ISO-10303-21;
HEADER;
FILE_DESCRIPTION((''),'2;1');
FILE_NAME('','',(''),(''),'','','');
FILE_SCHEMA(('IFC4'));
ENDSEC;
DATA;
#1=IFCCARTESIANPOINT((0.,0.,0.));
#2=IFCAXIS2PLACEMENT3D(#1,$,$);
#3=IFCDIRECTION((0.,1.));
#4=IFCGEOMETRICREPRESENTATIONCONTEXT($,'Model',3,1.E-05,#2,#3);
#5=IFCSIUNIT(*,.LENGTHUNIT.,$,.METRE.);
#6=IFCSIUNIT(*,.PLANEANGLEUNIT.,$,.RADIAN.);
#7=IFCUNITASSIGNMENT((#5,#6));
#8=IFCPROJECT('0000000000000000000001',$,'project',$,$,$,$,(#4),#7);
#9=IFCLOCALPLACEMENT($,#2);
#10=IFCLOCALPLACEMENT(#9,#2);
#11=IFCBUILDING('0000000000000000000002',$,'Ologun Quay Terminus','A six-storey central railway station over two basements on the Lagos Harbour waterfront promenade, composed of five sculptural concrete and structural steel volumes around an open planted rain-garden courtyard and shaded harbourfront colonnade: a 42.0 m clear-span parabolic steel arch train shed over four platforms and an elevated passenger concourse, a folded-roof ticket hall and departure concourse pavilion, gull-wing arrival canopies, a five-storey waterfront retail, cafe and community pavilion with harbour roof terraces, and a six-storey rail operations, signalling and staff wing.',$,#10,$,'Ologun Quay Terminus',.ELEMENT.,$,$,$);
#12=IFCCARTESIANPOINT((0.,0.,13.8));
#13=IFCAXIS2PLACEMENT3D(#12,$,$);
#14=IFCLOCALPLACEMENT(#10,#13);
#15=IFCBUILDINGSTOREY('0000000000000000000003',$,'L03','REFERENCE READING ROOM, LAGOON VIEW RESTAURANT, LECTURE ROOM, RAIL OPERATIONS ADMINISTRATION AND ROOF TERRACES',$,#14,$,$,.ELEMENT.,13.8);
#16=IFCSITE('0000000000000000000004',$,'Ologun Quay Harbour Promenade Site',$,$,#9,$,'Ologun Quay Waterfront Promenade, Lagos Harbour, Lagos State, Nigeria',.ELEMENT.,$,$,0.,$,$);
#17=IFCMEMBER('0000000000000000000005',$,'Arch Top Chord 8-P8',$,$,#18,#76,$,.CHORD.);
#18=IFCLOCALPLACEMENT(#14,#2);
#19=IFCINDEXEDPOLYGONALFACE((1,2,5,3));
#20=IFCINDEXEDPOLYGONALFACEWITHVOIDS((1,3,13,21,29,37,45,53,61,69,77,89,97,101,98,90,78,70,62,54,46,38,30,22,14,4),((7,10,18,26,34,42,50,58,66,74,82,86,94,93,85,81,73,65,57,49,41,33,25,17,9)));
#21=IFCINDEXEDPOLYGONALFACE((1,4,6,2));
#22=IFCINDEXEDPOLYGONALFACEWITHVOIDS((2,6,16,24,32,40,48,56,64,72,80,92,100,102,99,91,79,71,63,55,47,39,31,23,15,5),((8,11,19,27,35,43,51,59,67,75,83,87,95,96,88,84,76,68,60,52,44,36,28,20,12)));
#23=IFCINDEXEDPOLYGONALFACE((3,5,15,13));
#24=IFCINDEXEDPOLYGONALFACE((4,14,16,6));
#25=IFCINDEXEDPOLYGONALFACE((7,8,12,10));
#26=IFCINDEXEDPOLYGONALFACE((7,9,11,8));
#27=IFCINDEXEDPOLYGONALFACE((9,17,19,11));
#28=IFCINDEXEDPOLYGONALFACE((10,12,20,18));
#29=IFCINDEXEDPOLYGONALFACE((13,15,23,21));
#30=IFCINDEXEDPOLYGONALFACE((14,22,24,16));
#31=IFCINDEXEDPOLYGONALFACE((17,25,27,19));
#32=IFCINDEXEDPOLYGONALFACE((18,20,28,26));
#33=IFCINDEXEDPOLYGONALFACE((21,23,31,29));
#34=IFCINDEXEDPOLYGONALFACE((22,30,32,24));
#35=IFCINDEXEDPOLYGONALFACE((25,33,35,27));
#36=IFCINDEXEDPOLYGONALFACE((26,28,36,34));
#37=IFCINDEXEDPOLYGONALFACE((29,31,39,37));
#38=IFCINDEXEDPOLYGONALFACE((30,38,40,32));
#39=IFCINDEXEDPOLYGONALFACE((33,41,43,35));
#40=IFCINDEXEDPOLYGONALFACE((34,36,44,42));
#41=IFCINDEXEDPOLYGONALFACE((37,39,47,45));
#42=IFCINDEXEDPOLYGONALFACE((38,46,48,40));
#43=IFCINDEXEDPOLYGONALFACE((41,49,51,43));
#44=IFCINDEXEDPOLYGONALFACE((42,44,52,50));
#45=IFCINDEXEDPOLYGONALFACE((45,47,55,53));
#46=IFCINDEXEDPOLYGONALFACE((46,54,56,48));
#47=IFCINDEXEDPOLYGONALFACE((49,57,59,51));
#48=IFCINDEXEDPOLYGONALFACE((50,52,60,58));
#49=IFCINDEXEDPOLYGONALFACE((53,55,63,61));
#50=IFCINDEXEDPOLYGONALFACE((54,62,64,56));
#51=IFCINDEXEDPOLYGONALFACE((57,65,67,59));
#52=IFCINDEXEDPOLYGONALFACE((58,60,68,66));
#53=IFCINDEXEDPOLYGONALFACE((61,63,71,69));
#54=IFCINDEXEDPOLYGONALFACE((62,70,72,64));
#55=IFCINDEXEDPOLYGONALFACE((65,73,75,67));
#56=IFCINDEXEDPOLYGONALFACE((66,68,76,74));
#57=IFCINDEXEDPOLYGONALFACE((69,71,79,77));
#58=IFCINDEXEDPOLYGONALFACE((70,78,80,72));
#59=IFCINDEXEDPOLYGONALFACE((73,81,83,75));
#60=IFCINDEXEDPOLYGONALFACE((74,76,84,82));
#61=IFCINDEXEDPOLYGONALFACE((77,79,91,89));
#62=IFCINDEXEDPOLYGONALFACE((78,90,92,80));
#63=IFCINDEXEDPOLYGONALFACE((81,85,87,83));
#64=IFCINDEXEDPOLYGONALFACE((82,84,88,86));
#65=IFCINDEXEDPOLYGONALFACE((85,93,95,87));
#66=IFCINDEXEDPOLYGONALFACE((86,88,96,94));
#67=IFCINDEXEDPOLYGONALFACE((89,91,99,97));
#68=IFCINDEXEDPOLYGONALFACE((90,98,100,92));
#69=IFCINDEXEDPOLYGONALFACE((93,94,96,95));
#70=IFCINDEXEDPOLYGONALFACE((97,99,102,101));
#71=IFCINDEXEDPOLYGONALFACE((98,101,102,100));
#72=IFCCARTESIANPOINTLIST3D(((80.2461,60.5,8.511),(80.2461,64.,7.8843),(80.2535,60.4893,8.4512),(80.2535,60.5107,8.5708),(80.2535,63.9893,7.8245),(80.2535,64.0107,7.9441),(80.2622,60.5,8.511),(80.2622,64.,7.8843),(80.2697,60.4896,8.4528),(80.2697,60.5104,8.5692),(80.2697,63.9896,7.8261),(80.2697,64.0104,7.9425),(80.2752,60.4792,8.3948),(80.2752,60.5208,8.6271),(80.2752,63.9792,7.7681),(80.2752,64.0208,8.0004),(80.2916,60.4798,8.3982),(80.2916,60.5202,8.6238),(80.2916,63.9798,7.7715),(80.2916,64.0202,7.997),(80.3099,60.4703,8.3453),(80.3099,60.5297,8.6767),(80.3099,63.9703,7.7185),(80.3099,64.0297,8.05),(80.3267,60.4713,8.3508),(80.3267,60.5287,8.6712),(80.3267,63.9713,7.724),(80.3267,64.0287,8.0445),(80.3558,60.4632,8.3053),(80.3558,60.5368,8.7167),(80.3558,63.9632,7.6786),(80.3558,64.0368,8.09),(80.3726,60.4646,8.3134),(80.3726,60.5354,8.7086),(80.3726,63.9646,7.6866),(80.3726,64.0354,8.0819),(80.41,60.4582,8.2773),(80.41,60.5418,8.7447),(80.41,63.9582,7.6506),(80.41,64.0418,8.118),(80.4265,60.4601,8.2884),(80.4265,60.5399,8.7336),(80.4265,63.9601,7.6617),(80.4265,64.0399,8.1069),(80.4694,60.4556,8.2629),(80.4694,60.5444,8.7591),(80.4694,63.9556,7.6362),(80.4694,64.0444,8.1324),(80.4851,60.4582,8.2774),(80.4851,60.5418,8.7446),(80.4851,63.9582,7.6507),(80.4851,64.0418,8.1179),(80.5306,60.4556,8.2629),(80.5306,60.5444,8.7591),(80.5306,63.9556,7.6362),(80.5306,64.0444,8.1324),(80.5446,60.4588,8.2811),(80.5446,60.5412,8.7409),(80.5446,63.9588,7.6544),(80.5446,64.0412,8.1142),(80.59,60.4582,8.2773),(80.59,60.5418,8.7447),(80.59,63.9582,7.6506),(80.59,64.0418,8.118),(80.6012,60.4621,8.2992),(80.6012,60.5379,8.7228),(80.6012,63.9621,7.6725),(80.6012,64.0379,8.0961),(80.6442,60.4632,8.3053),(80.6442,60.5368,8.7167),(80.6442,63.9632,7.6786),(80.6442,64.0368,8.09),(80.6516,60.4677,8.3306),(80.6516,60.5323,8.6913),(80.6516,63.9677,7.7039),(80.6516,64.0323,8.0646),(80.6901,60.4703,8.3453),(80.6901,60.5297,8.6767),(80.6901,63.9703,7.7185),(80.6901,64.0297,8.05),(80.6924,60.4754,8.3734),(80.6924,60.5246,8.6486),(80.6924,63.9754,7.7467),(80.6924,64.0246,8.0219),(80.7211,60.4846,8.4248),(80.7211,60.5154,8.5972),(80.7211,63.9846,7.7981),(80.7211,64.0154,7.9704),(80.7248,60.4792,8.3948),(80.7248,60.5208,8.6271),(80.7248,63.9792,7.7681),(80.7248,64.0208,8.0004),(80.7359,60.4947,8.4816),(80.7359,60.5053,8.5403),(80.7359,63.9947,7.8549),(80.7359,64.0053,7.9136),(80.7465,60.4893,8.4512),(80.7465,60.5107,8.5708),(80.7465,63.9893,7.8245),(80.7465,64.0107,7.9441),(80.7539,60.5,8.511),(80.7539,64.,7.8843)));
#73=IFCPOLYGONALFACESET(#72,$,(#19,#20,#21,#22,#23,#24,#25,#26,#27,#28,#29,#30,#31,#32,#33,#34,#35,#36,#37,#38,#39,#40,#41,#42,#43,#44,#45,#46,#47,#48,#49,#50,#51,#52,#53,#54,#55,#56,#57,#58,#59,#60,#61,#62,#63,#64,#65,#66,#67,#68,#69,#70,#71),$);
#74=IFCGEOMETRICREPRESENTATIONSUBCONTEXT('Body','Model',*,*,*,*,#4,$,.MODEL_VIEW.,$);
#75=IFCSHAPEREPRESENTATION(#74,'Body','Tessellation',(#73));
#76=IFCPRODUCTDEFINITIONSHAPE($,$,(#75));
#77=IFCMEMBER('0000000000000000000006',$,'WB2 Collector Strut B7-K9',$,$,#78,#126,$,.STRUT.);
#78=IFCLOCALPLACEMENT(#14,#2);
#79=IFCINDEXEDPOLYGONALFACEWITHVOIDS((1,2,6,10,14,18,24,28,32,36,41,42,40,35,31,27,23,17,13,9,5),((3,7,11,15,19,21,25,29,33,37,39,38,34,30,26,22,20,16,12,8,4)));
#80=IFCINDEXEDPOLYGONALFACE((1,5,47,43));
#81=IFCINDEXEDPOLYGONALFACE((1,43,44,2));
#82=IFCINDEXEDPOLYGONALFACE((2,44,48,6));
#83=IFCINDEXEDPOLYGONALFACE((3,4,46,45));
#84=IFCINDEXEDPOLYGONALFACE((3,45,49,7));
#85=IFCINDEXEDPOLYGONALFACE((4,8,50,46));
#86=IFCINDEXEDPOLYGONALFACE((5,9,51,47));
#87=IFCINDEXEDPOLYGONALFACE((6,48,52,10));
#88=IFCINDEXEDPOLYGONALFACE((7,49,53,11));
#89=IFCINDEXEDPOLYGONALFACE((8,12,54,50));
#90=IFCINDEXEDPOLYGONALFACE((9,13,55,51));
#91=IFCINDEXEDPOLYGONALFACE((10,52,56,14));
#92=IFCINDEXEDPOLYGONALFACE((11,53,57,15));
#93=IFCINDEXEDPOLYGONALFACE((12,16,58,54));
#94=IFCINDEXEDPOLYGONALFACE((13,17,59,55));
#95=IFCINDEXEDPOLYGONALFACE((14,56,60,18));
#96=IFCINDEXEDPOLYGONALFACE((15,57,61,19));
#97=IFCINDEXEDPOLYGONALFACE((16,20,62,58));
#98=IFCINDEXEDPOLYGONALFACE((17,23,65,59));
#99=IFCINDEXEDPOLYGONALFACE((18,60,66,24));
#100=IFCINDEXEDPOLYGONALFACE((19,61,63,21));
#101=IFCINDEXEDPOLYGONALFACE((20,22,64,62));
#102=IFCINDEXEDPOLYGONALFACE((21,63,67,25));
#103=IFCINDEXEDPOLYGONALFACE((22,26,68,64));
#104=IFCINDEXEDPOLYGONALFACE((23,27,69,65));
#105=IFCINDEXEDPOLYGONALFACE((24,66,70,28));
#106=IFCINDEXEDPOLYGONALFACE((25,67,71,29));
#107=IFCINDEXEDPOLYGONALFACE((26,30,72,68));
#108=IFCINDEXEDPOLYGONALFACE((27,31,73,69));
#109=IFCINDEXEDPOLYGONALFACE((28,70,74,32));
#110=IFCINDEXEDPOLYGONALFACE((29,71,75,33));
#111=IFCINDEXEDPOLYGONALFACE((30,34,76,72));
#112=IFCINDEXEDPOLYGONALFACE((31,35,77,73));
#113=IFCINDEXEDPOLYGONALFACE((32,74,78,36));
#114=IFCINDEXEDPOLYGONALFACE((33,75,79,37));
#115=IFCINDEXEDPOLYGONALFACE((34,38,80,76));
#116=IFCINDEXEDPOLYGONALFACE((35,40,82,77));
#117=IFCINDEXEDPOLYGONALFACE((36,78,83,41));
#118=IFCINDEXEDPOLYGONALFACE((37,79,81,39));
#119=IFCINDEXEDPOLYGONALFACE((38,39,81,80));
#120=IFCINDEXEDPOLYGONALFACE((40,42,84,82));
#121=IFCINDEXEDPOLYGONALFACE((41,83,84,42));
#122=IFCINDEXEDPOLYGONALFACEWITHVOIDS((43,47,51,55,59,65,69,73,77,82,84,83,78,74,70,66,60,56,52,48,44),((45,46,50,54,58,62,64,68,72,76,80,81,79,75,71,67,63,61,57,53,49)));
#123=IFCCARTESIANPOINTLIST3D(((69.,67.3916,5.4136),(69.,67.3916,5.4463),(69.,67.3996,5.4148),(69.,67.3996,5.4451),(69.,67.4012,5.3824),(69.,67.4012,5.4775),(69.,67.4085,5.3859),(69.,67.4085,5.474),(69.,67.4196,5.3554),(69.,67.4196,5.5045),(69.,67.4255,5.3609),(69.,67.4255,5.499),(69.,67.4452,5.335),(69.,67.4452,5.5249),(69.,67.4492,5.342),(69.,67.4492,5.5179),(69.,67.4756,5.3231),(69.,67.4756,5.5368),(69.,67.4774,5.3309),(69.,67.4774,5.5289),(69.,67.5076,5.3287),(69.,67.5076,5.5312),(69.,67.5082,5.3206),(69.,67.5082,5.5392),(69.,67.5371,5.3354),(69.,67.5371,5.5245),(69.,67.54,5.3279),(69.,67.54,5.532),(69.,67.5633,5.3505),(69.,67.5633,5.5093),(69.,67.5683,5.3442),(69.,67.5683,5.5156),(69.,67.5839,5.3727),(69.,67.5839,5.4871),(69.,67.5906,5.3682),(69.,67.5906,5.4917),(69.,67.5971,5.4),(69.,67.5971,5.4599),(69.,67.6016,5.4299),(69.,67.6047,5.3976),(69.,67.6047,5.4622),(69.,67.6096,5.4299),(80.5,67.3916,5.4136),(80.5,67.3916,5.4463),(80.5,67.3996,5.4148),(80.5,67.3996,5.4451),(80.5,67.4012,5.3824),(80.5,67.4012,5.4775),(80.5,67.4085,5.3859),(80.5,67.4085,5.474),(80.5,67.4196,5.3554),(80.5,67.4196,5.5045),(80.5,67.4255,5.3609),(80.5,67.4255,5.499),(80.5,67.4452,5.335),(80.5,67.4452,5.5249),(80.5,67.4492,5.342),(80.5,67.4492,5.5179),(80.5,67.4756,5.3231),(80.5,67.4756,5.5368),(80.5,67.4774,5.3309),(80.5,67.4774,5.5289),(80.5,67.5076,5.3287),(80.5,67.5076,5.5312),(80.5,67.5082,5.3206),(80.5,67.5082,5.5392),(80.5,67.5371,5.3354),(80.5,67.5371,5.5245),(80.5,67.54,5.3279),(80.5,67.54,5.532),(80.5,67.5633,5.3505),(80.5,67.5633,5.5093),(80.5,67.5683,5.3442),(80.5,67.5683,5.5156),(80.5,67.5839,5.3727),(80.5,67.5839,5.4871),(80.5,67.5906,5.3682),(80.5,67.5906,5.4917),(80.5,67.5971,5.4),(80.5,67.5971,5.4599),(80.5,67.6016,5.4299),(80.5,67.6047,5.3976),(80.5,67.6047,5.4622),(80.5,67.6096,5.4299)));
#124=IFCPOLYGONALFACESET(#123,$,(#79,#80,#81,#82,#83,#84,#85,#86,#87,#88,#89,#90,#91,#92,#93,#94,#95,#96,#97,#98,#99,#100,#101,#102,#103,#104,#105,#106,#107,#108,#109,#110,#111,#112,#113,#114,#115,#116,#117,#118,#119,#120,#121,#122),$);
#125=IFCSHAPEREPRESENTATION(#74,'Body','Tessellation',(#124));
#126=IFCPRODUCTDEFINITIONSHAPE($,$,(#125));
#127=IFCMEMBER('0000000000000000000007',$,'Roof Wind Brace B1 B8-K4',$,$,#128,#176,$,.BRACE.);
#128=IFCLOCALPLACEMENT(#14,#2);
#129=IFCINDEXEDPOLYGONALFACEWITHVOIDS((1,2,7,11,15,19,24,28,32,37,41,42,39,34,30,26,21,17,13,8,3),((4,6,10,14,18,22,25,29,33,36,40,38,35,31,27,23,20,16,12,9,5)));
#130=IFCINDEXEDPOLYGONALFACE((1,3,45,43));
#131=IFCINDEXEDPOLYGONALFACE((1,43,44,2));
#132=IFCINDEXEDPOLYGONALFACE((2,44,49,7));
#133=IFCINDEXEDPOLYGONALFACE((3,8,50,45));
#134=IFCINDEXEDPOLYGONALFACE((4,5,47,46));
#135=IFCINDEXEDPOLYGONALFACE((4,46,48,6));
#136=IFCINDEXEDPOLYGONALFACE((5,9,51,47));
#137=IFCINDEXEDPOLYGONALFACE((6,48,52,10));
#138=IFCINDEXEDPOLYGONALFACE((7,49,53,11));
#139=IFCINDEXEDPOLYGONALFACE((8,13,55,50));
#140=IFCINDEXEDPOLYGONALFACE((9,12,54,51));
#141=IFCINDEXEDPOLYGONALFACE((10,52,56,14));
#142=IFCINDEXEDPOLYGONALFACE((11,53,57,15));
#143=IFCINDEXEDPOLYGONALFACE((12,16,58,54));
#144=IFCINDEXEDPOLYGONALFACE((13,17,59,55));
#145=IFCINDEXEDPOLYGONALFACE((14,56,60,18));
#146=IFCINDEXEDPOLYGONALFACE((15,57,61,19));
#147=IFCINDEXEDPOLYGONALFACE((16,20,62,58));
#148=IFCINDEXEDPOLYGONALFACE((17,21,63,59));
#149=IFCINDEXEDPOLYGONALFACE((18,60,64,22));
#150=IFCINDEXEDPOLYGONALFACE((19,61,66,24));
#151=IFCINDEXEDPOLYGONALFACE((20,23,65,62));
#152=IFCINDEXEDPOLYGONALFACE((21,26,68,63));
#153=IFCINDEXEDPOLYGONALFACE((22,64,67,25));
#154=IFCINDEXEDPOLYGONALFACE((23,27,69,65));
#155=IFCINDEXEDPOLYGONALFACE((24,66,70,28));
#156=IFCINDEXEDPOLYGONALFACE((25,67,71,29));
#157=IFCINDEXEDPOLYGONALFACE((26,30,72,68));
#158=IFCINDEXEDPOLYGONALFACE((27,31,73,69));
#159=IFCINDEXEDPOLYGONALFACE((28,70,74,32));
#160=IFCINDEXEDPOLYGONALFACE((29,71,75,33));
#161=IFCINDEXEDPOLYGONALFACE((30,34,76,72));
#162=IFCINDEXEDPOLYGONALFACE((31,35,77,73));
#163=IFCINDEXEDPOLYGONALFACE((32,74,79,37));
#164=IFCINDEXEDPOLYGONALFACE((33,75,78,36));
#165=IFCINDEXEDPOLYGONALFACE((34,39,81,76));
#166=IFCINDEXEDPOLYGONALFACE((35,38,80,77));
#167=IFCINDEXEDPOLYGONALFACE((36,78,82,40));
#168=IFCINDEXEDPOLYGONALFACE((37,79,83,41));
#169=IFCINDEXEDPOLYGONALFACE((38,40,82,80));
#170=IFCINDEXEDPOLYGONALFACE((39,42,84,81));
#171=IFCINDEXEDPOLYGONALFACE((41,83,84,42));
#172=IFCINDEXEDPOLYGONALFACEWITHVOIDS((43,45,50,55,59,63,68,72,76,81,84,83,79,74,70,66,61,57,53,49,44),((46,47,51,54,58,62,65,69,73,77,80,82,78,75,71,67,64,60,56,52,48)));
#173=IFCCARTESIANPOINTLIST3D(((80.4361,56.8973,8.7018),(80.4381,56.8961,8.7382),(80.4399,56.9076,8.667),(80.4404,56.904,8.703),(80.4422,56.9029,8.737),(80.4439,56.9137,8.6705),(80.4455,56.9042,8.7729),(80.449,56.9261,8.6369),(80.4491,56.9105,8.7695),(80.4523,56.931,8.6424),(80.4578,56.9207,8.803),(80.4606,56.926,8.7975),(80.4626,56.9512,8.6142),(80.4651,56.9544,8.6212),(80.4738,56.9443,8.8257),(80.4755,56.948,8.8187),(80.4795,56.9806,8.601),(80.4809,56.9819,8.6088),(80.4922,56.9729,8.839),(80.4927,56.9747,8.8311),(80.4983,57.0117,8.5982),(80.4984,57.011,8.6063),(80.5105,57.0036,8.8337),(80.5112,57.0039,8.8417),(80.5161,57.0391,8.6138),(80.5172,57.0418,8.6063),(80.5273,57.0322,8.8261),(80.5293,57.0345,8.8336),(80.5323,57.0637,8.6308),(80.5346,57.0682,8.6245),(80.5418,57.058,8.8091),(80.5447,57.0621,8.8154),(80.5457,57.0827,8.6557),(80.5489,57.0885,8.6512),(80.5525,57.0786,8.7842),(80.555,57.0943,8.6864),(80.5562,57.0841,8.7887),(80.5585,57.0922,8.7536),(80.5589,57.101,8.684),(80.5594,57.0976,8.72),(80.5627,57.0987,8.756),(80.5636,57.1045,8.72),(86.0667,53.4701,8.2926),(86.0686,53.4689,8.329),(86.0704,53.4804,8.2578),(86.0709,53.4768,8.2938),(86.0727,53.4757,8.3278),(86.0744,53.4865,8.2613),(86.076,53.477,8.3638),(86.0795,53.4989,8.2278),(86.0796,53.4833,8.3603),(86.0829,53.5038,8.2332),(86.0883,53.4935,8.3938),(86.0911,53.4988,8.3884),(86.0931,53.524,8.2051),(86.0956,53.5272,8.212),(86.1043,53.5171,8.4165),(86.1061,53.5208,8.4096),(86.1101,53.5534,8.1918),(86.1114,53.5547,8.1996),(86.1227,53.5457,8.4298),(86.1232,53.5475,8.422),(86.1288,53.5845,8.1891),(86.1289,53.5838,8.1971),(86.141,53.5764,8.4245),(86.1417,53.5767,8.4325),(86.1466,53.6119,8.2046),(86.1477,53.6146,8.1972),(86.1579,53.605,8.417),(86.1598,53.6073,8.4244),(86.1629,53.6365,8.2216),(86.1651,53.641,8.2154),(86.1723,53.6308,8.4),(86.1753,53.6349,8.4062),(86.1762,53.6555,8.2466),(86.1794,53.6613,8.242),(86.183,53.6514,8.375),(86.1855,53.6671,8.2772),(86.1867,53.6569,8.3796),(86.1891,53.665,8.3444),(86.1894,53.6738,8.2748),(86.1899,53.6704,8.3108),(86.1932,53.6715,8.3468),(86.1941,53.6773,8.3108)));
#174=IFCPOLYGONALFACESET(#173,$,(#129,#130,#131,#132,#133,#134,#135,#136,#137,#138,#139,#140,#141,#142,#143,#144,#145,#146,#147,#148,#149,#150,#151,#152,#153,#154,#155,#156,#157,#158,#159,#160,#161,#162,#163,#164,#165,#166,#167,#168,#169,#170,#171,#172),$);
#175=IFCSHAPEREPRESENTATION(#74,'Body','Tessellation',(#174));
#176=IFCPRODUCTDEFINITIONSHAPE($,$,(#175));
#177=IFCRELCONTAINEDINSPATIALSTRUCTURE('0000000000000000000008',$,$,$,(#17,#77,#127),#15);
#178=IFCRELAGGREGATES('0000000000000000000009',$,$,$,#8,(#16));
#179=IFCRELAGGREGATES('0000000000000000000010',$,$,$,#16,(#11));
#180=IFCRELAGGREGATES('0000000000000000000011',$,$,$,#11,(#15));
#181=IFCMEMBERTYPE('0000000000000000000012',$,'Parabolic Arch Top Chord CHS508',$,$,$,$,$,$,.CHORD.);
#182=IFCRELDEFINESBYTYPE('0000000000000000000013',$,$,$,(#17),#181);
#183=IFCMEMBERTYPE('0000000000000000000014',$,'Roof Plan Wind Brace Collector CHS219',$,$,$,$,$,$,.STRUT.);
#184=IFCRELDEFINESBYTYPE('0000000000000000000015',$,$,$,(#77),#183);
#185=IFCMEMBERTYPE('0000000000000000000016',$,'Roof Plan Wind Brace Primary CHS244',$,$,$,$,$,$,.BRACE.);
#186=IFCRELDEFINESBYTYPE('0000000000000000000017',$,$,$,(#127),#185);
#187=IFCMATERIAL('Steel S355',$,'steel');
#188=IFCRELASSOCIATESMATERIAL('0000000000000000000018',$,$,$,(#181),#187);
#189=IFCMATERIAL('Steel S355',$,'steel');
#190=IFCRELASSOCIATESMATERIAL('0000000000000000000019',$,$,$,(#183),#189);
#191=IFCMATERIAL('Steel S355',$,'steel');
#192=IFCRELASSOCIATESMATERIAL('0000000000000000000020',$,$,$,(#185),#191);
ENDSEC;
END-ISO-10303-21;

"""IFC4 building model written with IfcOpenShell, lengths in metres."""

from ifc_helpers import new_model, si_unit, direction, frame, origin, origin_2d, place, context, subcontext, project, spatial, hollow_circle, extrude, material, material_profile, profile_set, type_object, element, save


model = new_model("IFC4")

# Units and contexts
model_context = context("Model", 3, precision=1e-05, world=origin(), true_north=direction((0.0, 1.0)))
body_context = subcontext(model_context, "Body", "Model", "MODEL_VIEW")
ifc_project = project(units=[si_unit("LENGTHUNIT", "METRE"), si_unit("PLANEANGLEUNIT", "RADIAN")], contexts=[model_context])

# Site, building, storey
site_placement = place(None, origin())
site = spatial("IfcSite", under=ifc_project, at=site_placement, Name="Ologun Quay Harbour Promenade Site", LongName="Ologun Quay Waterfront Promenade, Lagos Harbour, Lagos State, Nigeria", CompositionType="ELEMENT", RefElevation=0.0)
building_placement = place(site_placement, origin())
building = spatial("IfcBuilding", under=site, at=building_placement, Name="Ologun Quay Terminus", Description="A six-storey central railway station over two basements on the Lagos Harbour waterfront promenade, composed of five sculptural concrete and structural steel volumes around an open planted rain-garden courtyard and shaded harbourfront colonnade: a 42.0 m clear-span parabolic steel arch train shed over four platforms and an elevated passenger concourse, a folded-roof ticket hall and departure concourse pavilion, gull-wing arrival canopies, a five-storey waterfront retail, cafe and community pavilion with harbour roof terraces, and a six-storey rail operations, signalling and staff wing.", LongName="Ologun Quay Terminus", CompositionType="ELEMENT")
storey_placement = place(building_placement, frame((0.0, 0.0, 13.8)))
storey = spatial("IfcBuildingStorey", under=building, at=storey_placement, Name="L03", Description="REFERENCE READING ROOM, LAGOON VIEW RESTAURANT, LECTURE ROOM, RAIL OPERATIONS ADMINISTRATION AND ROOF TERRACES", CompositionType="ELEMENT", Elevation=13.8)

# Members
ifc_material_1 = material(Name="Steel S355", Category="steel")
ifc_material_profile_1 = material_profile(ifc_material_1, hollow_circle(Radius=0.2539, WallThickness=0.0161, at=origin_2d()), Name="CHS 508x16")
ifc_profile_set_1 = profile_set([ifc_material_profile_1], Name="Steel S355")
member_type_1 = type_object("IfcMemberType", Name="Parabolic Arch Top Chord CHS508", PredefinedType="CHORD", material=ifc_profile_set_1)
member_1_placement = place(storey_placement, frame((80.5, 60.5, 8.511), z_axis=(0.0, 0.984344, -0.176256), x_axis=(-1.0, 0.0, 0.0)))
element("IfcMember", 1, at=member_1_placement, inside=storey, type_object=member_type_1, Name="Arch Top Chord 8-P8", PredefinedType="CHORD", context=body_context, shape_type="SweptSolid", body=[
    extrude(hollow_circle(Radius=0.2539, WallThickness=0.0161, at=origin_2d()), origin(), (0.0, 0.0, 1.0), 3.5557),
])
ifc_material_2 = material(Name="Steel S355", Category="steel")
ifc_material_profile_2 = material_profile(ifc_material_2, hollow_circle(Radius=0.1096, WallThickness=0.0081, at=origin_2d()), Name="CHS 219.1x8")
ifc_profile_set_2 = profile_set([ifc_material_profile_2], Name="Steel S355")
member_type_2 = type_object("IfcMemberType", Name="Roof Plan Wind Brace Collector CHS219", PredefinedType="STRUT", material=ifc_profile_set_2)
member_2_placement = place(storey_placement, frame((69.0, 67.5, 5.4299), z_axis=(1.0, 0.0, 0.0), x_axis=(0.0, 1.0, 0.0)))
element("IfcMember", 2, at=member_2_placement, inside=storey, type_object=member_type_2, Name="WB2 Collector Strut B7-K9", PredefinedType="STRUT", context=body_context, shape_type="SweptSolid", body=[
    extrude(hollow_circle(Radius=0.1096, WallThickness=0.0081, at=origin_2d()), origin(), (0.0, 0.0, 1.0), 11.5),
])
ifc_material_3 = material(Name="Steel S355", Category="steel")
ifc_material_profile_3 = material_profile(ifc_material_3, hollow_circle(Radius=0.1223, WallThickness=0.0081, at=origin_2d()), Name="CHS 244.5x8")
ifc_profile_set_3 = profile_set([ifc_material_profile_3], Name="Steel S355")
member_type_3 = type_object("IfcMemberType", Name="Roof Plan Wind Brace Primary CHS244", PredefinedType="BRACE", material=ifc_profile_set_3)
member_3_placement = place(storey_placement, frame((80.5, 57.0, 8.72), z_axis=(0.852563, -0.518939, -0.061956), x_axis=(0.519938, 0.854204, 0.0)))
element("IfcMember", 3, at=member_3_placement, inside=storey, type_object=member_type_3, Name="Roof Wind Brace B1 B8-K4", PredefinedType="BRACE", context=body_context, shape_type="SweptSolid", body=[
    extrude(hollow_circle(Radius=0.1223, WallThickness=0.0081, at=origin_2d()), origin(), (0.0, 0.0, 1.0), 6.6042),
])

save(model, "model.ifc")
